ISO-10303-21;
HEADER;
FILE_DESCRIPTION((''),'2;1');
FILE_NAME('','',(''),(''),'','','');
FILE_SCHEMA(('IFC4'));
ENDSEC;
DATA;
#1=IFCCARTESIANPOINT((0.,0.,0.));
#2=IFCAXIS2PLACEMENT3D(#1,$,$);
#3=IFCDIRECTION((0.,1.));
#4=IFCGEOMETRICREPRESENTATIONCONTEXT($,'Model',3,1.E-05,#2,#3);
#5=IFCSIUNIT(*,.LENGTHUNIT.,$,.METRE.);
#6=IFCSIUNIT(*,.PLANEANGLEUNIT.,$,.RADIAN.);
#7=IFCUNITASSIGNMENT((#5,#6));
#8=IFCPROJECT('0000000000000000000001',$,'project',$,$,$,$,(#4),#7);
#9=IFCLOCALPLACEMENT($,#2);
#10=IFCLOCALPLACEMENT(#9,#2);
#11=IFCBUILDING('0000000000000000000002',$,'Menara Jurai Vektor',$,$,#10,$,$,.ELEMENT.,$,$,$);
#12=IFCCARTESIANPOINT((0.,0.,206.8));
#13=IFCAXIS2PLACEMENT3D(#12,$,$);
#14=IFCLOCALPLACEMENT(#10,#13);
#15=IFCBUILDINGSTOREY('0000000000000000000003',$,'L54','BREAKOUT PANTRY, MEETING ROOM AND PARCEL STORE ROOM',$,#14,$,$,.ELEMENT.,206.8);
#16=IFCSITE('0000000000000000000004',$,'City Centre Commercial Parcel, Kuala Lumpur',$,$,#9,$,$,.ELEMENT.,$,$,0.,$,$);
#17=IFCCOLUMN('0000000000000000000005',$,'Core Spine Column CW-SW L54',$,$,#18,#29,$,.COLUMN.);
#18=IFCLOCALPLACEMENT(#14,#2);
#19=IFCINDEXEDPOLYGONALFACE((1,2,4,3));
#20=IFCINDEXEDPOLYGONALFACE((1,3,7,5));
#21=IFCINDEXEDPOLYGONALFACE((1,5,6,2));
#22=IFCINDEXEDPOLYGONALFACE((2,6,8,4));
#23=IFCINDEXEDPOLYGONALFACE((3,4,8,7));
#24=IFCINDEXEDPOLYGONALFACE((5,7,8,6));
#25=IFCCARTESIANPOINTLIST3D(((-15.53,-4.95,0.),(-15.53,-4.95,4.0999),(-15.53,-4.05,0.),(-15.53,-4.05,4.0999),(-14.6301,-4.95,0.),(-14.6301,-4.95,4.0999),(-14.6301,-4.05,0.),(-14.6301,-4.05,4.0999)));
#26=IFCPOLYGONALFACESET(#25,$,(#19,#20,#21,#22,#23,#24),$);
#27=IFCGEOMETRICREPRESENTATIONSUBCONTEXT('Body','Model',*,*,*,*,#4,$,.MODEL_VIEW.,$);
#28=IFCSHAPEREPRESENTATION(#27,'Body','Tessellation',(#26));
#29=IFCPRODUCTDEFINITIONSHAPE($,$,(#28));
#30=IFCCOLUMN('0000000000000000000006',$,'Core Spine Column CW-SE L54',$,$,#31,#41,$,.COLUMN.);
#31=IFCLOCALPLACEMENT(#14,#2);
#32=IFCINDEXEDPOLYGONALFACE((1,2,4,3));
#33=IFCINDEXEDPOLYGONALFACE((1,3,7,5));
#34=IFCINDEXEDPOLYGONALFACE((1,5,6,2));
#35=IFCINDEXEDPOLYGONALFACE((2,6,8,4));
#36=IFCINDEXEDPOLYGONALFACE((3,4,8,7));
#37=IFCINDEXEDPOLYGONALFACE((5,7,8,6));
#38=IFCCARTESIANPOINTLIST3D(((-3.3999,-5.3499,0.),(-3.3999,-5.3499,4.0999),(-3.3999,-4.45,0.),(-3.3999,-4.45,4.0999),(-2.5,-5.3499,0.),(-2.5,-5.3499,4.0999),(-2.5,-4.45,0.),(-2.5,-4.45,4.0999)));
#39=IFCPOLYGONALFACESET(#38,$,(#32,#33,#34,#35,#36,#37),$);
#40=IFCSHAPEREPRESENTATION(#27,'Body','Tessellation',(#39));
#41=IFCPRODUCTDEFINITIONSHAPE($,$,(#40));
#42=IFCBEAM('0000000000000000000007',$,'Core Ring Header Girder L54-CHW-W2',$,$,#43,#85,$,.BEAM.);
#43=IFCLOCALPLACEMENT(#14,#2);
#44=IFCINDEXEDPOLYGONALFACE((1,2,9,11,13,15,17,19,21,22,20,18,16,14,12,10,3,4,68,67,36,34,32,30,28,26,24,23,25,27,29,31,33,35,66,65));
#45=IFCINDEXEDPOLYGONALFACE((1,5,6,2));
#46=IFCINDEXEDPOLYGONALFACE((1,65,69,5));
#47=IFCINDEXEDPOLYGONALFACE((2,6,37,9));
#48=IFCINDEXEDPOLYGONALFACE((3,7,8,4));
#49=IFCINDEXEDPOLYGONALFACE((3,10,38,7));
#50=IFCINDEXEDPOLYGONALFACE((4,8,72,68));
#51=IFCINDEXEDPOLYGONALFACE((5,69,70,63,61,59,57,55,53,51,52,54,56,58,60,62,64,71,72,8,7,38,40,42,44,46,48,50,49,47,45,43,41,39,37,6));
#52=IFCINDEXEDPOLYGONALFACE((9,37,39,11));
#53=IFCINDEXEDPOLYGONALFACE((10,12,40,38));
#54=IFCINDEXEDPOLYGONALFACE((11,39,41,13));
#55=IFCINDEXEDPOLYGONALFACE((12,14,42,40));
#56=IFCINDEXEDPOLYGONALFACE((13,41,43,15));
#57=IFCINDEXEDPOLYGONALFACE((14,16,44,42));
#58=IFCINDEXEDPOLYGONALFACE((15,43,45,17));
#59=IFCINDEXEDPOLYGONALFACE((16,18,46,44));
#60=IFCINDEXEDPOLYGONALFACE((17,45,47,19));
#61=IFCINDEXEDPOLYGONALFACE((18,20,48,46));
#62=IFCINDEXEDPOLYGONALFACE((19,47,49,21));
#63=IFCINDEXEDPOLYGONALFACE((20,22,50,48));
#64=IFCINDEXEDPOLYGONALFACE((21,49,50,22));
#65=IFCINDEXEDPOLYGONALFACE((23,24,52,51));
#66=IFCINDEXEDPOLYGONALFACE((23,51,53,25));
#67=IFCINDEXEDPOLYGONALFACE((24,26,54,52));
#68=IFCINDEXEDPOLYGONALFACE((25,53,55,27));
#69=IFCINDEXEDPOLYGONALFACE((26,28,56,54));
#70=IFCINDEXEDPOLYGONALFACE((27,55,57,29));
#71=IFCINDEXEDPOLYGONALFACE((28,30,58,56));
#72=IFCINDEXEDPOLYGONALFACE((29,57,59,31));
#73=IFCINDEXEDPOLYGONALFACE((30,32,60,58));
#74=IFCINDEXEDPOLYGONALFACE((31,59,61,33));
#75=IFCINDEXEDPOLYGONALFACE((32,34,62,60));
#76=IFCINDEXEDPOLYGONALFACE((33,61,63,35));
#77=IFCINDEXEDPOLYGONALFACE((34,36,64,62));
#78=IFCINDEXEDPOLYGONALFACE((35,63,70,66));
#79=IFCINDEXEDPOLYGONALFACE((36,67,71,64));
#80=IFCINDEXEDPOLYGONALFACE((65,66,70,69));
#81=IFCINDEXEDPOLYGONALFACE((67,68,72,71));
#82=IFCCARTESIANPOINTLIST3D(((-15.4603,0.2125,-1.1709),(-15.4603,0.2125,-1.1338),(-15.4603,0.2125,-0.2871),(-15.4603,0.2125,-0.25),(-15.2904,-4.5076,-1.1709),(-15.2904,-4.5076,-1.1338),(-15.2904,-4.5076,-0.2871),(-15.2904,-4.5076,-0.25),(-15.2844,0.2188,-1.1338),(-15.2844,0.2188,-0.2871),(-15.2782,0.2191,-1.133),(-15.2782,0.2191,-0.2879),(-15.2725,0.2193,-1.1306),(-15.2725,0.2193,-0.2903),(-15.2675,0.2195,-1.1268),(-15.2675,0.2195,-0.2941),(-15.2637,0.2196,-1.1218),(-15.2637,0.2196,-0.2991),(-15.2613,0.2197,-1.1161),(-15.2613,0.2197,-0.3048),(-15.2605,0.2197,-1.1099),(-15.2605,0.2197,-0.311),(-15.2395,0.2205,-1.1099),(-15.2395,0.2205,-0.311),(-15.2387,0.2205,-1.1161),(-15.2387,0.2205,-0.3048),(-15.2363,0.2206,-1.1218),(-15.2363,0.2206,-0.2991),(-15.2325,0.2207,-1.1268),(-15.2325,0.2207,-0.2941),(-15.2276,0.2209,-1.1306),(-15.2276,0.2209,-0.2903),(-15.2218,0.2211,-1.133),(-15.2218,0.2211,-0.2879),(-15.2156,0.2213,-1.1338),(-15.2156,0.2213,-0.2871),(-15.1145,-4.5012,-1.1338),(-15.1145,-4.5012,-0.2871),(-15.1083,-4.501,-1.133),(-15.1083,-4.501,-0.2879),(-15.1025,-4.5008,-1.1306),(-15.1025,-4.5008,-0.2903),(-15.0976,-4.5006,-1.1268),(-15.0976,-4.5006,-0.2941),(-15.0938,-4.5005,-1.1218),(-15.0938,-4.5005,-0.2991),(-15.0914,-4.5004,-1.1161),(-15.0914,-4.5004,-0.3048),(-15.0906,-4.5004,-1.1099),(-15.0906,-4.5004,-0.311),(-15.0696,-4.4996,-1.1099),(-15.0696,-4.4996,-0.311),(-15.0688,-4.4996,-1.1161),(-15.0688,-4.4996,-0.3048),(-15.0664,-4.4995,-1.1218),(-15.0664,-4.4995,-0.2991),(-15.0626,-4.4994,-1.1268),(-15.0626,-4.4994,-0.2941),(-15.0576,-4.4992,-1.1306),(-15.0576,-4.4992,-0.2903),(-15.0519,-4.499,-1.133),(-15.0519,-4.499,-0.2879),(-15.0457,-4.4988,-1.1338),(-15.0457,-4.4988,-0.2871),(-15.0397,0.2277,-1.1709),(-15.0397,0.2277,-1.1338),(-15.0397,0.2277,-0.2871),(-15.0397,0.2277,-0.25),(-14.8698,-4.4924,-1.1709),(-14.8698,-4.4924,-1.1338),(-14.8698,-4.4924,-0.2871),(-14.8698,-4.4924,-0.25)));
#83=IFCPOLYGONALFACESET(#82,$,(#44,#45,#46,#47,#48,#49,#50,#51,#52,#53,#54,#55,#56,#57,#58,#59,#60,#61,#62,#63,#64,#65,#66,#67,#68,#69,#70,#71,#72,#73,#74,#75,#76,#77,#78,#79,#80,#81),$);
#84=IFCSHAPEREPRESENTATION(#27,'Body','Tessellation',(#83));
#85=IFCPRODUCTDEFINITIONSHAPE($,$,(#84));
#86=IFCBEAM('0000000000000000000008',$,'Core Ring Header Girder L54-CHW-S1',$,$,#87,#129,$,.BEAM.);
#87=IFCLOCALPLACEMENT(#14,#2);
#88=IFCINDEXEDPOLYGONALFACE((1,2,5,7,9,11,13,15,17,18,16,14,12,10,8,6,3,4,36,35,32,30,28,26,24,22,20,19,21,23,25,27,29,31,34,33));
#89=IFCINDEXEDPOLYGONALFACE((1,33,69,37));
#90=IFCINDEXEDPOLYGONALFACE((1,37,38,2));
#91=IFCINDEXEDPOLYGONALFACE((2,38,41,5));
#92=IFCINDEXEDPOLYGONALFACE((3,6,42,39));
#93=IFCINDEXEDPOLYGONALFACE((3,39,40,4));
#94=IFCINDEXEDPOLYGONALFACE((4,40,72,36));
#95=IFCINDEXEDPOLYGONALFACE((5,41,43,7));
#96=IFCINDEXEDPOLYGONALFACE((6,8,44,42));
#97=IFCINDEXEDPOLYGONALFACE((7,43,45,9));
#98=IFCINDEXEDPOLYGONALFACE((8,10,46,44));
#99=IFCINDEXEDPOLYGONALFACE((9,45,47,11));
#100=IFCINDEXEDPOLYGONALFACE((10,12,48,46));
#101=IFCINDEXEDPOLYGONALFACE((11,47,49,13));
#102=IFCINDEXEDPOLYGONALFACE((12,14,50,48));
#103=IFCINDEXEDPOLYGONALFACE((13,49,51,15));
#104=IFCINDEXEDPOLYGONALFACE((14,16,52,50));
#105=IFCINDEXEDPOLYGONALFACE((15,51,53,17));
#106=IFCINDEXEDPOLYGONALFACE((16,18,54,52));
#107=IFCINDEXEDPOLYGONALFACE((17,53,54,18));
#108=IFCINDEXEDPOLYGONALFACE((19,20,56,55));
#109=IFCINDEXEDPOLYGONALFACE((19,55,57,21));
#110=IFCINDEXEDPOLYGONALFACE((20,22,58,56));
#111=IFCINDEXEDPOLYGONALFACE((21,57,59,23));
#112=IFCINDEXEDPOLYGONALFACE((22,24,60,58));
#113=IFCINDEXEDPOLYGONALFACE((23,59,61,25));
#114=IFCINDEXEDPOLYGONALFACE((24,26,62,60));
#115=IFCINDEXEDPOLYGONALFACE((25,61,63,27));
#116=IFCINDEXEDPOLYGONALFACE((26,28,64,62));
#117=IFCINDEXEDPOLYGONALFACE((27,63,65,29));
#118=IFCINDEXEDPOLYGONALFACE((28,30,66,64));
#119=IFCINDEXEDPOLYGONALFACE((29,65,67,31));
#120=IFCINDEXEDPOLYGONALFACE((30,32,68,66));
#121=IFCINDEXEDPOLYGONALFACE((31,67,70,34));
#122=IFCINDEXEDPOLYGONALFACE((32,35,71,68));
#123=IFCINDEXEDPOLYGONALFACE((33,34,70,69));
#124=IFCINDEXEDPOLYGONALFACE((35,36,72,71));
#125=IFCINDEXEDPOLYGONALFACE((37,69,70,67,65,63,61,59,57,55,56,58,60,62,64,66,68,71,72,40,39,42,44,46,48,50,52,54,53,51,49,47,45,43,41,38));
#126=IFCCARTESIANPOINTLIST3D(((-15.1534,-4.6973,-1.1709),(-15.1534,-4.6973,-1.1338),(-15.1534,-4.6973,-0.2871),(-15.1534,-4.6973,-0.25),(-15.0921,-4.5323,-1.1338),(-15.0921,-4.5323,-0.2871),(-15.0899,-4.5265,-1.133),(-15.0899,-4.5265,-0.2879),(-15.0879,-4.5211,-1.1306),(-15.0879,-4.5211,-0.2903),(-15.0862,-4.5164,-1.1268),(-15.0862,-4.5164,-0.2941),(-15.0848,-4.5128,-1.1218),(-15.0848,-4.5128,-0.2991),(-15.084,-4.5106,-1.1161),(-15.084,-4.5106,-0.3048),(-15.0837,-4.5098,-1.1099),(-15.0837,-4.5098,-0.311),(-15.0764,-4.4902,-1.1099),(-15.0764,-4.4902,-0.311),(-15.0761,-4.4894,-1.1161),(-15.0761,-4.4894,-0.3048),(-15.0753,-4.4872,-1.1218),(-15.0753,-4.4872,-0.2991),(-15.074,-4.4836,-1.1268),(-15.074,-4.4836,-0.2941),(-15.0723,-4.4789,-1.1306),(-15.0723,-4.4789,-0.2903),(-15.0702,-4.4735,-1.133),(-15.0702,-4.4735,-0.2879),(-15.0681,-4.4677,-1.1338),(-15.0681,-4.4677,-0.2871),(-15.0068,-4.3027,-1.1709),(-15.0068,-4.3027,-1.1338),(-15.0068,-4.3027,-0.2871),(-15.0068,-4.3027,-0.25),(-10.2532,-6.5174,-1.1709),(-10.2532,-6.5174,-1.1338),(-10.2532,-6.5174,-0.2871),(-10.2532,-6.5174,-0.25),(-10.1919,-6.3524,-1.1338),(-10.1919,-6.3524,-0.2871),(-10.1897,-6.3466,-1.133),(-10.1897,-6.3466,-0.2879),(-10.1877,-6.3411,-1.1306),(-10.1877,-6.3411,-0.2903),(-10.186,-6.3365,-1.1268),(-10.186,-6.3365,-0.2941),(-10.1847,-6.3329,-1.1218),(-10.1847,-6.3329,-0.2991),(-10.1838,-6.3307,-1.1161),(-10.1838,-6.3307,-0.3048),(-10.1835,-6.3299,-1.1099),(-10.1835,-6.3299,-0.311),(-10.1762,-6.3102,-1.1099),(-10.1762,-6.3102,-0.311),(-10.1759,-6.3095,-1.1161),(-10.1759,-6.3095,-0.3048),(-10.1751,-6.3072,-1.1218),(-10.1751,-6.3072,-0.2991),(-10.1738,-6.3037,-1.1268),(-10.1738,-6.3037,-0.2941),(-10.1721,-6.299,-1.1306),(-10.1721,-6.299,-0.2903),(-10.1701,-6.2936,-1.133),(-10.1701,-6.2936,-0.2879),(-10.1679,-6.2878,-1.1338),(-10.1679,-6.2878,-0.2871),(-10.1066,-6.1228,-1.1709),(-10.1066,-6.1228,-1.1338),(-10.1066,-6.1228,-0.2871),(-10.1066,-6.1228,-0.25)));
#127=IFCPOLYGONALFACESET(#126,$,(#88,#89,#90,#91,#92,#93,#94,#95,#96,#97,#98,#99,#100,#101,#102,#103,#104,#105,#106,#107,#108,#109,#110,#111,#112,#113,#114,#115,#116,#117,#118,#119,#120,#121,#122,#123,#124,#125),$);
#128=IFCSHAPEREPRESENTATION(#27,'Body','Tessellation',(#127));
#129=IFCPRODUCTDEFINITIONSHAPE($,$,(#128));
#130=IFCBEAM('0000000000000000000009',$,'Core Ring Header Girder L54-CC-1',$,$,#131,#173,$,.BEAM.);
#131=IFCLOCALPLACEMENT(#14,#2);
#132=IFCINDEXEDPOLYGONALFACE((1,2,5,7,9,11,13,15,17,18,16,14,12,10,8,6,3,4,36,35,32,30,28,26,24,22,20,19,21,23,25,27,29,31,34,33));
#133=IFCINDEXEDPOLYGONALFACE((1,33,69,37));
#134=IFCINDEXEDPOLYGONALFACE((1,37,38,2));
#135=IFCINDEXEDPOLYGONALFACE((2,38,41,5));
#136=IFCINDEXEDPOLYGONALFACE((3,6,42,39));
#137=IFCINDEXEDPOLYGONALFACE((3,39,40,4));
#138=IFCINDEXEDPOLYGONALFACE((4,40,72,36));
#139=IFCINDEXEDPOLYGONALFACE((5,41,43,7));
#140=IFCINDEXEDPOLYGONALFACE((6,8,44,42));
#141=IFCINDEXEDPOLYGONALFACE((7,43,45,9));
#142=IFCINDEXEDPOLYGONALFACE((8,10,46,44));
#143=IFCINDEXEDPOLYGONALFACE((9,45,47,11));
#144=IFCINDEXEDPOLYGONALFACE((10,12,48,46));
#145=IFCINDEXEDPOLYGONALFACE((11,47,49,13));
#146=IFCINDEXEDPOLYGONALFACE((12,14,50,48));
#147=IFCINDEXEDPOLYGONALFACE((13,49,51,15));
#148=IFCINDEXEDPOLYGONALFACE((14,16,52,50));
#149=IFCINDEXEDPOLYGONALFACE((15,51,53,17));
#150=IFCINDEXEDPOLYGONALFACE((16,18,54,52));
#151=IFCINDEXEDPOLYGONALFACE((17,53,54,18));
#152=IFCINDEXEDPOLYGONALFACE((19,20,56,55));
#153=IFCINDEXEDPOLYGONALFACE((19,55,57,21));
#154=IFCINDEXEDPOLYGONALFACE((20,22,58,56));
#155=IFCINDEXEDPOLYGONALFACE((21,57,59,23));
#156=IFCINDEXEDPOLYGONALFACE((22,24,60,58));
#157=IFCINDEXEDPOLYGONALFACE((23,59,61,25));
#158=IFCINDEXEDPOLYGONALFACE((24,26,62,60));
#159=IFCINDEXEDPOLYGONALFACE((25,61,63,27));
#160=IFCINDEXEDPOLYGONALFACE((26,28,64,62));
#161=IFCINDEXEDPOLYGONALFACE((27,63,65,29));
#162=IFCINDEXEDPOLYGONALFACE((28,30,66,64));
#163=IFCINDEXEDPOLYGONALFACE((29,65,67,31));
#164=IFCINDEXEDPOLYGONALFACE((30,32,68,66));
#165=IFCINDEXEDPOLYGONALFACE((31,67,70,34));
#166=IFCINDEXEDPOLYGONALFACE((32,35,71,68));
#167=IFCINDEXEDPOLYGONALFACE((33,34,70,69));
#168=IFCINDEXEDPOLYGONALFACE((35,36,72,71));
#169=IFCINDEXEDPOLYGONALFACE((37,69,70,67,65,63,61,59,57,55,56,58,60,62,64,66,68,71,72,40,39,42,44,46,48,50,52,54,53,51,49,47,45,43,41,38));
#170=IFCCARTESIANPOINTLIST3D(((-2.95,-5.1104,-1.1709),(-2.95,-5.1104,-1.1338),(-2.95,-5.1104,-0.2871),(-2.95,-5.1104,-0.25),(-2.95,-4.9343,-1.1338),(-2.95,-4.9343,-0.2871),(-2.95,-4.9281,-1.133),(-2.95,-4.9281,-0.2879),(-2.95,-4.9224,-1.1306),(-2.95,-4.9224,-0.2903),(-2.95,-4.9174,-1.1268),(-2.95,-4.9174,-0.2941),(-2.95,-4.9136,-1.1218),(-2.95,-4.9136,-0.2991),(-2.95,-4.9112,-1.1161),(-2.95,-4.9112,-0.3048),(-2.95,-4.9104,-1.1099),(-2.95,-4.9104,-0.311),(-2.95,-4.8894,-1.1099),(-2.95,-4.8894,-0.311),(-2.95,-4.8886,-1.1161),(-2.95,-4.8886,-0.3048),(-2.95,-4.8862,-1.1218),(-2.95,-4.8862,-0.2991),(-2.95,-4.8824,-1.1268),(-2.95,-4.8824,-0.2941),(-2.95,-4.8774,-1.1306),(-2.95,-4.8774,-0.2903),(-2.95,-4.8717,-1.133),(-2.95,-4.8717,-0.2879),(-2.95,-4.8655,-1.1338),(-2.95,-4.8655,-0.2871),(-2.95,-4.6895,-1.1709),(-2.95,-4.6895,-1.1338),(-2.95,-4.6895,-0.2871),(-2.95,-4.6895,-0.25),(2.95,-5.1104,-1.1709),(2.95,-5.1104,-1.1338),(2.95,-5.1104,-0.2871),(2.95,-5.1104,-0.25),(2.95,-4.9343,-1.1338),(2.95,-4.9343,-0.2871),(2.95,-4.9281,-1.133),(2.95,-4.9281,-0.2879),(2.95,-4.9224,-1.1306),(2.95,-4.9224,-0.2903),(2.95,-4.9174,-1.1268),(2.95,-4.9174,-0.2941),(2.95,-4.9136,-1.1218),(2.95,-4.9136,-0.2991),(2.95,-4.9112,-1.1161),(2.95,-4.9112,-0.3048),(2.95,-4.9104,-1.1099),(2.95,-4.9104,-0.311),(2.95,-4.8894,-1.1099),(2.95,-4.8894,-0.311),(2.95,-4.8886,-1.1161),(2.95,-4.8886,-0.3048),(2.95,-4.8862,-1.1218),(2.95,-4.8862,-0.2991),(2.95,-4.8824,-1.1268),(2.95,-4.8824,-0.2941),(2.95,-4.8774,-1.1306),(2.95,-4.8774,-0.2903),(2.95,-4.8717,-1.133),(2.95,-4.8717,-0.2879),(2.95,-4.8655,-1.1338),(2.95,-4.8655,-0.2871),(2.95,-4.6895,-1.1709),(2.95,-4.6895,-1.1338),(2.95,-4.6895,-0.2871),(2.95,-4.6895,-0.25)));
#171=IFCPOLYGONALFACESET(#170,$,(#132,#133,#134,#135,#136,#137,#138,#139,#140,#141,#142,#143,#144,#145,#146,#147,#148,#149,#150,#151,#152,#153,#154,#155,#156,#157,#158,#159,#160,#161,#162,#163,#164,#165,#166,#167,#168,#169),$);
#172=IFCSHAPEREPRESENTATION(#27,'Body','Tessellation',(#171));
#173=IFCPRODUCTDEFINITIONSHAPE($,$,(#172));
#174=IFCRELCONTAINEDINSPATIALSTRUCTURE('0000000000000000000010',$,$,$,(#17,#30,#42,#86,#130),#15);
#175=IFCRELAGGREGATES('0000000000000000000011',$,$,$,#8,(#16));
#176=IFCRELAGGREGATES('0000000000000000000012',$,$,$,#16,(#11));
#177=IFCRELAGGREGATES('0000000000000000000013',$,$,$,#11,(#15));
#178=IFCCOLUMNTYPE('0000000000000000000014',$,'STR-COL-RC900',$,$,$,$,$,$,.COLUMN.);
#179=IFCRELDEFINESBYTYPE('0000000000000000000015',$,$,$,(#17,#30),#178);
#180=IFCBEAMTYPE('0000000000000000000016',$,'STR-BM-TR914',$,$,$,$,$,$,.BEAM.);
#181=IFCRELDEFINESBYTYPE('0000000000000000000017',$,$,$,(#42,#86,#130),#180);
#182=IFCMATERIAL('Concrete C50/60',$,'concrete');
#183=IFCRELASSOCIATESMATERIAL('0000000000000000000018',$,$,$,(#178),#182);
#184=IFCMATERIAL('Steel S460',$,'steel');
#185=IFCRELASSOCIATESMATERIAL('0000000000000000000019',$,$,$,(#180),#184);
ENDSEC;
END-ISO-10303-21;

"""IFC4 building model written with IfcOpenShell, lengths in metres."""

from ifc_helpers import new_model, si_unit, direction, frame, origin, origin_2d, place, context, subcontext, project, spatial, rectangle, i_section, extrude, material, material_profile, profile_set, type_object, element, save


model = new_model("IFC4")

# Units and contexts
model_context = context("Model", 3, precision=1e-05, world=origin(), true_north=direction((0.0, 1.0)))
body_context = subcontext(model_context, "Body", "Model", "MODEL_VIEW")
ifc_project = project(units=[si_unit("LENGTHUNIT", "METRE"), si_unit("PLANEANGLEUNIT", "RADIAN")], contexts=[model_context])

# Site, building, storey
site_placement = place(None, origin())
site = spatial("IfcSite", under=ifc_project, at=site_placement, Name="City Centre Commercial Parcel, Kuala Lumpur", CompositionType="ELEMENT", RefElevation=0.0)
building_placement = place(site_placement, origin())
building = spatial("IfcBuilding", under=site, at=building_placement, Name="Menara Jurai Vektor", CompositionType="ELEMENT")
storey_placement = place(building_placement, frame((0.0, 0.0, 206.8)))
storey = spatial("IfcBuildingStorey", under=building, at=storey_placement, Name="L54", Description="BREAKOUT PANTRY, MEETING ROOM AND PARCEL STORE ROOM", CompositionType="ELEMENT", Elevation=206.8)

# Columns
ifc_material_1 = material(Name="Concrete C50/60", Category="concrete")
ifc_material_profile_1 = material_profile(ifc_material_1, rectangle(XDim=0.8999, YDim=0.8999, at=origin_2d()), Name="RC 900x900")
ifc_profile_set_1 = profile_set([ifc_material_profile_1], Name="Concrete C50/60")
column_type = type_object("IfcColumnType", Name="STR-COL-RC900", PredefinedType="COLUMN", material=ifc_profile_set_1)
for number, where, z_axis, x_axis, name in (
    (1, (-15.0801, -4.5, 0.0), (0.0, 0.0, 1.0), (1.0, 0.0, 0.0), "Core Spine Column CW-SW L54"),
    (2, (-2.95, -4.8999, 0.0), (0.0, 0.0, 1.0), (1.0, 0.0, 0.0), "Core Spine Column CW-SE L54"),
):
    element("IfcColumn", number, at=place(storey_placement, frame(where, z_axis=z_axis, x_axis=x_axis)), inside=storey, type_object=column_type, Name=name, PredefinedType="COLUMN", context=body_context, shape_type="SweptSolid", body=[
        extrude(rectangle(XDim=0.8999, YDim=0.8999, at=origin_2d()), origin(), (0.0, 0.0, 1.0), 4.0999),
    ])

# Beams
ifc_material_2 = material(Name="Steel S460", Category="steel")
ifc_material_profile_2 = material_profile(ifc_material_2, i_section(OverallWidth=0.4209, OverallDepth=0.9209, WebThickness=0.021, FlangeThickness=0.0371, FilletRadius=0.0239, at=origin_2d()), Name="UKB 914x419x388")
ifc_profile_set_2 = profile_set([ifc_material_profile_2], Name="Steel S460")
beam_type = type_object("IfcBeamType", Name="STR-BM-TR914", PredefinedType="BEAM", material=ifc_profile_set_2)
beam_1_placement = place(storey_placement, frame((-15.0801, -4.5, -0.7104), z_axis=(-0.035977, 0.999353, 0.0), x_axis=(-0.999353, -0.035977, 0.0)))
element("IfcBeam", 3, at=beam_1_placement, inside=storey, type_object=beam_type, Name="Core Ring Header Girder L54-CHW-W2", PredefinedType="BEAM", context=body_context, shape_type="SweptSolid", body=[
    extrude(i_section(OverallWidth=0.4209, OverallDepth=0.9209, WebThickness=0.021, FlangeThickness=0.0371, FilletRadius=0.0239, at=origin_2d()), origin(), (0.0, 0.0, 1.0), 4.7231),
])
beam_2_placement = place(storey_placement, frame((-15.0801, -4.5, -0.7104), z_axis=(0.937424, -0.348189, 0.0), x_axis=(0.348189, 0.937424, 0.0)))
element("IfcBeam", 4, at=beam_2_placement, inside=storey, type_object=beam_type, Name="Core Ring Header Girder L54-CHW-S1", PredefinedType="BEAM", context=body_context, shape_type="SweptSolid", body=[
    extrude(i_section(OverallWidth=0.4209, OverallDepth=0.9209, WebThickness=0.021, FlangeThickness=0.0371, FilletRadius=0.0239, at=origin_2d()), origin(), (0.0, 0.0, 1.0), 5.2273),
])
beam_3_placement = place(storey_placement, frame((-2.95, -4.8999, -0.7104), z_axis=(1.0, 0.0, 0.0), x_axis=(0.0, 1.0, 0.0)))
element("IfcBeam", 5, at=beam_3_placement, inside=storey, type_object=beam_type, Name="Core Ring Header Girder L54-CC-1", PredefinedType="BEAM", context=body_context, shape_type="SweptSolid", body=[
    extrude(i_section(OverallWidth=0.4209, OverallDepth=0.9209, WebThickness=0.021, FlangeThickness=0.0371, FilletRadius=0.0239, at=origin_2d()), origin(), (0.0, 0.0, 1.0), 5.8999),
])

save(model, "model.ifc")
